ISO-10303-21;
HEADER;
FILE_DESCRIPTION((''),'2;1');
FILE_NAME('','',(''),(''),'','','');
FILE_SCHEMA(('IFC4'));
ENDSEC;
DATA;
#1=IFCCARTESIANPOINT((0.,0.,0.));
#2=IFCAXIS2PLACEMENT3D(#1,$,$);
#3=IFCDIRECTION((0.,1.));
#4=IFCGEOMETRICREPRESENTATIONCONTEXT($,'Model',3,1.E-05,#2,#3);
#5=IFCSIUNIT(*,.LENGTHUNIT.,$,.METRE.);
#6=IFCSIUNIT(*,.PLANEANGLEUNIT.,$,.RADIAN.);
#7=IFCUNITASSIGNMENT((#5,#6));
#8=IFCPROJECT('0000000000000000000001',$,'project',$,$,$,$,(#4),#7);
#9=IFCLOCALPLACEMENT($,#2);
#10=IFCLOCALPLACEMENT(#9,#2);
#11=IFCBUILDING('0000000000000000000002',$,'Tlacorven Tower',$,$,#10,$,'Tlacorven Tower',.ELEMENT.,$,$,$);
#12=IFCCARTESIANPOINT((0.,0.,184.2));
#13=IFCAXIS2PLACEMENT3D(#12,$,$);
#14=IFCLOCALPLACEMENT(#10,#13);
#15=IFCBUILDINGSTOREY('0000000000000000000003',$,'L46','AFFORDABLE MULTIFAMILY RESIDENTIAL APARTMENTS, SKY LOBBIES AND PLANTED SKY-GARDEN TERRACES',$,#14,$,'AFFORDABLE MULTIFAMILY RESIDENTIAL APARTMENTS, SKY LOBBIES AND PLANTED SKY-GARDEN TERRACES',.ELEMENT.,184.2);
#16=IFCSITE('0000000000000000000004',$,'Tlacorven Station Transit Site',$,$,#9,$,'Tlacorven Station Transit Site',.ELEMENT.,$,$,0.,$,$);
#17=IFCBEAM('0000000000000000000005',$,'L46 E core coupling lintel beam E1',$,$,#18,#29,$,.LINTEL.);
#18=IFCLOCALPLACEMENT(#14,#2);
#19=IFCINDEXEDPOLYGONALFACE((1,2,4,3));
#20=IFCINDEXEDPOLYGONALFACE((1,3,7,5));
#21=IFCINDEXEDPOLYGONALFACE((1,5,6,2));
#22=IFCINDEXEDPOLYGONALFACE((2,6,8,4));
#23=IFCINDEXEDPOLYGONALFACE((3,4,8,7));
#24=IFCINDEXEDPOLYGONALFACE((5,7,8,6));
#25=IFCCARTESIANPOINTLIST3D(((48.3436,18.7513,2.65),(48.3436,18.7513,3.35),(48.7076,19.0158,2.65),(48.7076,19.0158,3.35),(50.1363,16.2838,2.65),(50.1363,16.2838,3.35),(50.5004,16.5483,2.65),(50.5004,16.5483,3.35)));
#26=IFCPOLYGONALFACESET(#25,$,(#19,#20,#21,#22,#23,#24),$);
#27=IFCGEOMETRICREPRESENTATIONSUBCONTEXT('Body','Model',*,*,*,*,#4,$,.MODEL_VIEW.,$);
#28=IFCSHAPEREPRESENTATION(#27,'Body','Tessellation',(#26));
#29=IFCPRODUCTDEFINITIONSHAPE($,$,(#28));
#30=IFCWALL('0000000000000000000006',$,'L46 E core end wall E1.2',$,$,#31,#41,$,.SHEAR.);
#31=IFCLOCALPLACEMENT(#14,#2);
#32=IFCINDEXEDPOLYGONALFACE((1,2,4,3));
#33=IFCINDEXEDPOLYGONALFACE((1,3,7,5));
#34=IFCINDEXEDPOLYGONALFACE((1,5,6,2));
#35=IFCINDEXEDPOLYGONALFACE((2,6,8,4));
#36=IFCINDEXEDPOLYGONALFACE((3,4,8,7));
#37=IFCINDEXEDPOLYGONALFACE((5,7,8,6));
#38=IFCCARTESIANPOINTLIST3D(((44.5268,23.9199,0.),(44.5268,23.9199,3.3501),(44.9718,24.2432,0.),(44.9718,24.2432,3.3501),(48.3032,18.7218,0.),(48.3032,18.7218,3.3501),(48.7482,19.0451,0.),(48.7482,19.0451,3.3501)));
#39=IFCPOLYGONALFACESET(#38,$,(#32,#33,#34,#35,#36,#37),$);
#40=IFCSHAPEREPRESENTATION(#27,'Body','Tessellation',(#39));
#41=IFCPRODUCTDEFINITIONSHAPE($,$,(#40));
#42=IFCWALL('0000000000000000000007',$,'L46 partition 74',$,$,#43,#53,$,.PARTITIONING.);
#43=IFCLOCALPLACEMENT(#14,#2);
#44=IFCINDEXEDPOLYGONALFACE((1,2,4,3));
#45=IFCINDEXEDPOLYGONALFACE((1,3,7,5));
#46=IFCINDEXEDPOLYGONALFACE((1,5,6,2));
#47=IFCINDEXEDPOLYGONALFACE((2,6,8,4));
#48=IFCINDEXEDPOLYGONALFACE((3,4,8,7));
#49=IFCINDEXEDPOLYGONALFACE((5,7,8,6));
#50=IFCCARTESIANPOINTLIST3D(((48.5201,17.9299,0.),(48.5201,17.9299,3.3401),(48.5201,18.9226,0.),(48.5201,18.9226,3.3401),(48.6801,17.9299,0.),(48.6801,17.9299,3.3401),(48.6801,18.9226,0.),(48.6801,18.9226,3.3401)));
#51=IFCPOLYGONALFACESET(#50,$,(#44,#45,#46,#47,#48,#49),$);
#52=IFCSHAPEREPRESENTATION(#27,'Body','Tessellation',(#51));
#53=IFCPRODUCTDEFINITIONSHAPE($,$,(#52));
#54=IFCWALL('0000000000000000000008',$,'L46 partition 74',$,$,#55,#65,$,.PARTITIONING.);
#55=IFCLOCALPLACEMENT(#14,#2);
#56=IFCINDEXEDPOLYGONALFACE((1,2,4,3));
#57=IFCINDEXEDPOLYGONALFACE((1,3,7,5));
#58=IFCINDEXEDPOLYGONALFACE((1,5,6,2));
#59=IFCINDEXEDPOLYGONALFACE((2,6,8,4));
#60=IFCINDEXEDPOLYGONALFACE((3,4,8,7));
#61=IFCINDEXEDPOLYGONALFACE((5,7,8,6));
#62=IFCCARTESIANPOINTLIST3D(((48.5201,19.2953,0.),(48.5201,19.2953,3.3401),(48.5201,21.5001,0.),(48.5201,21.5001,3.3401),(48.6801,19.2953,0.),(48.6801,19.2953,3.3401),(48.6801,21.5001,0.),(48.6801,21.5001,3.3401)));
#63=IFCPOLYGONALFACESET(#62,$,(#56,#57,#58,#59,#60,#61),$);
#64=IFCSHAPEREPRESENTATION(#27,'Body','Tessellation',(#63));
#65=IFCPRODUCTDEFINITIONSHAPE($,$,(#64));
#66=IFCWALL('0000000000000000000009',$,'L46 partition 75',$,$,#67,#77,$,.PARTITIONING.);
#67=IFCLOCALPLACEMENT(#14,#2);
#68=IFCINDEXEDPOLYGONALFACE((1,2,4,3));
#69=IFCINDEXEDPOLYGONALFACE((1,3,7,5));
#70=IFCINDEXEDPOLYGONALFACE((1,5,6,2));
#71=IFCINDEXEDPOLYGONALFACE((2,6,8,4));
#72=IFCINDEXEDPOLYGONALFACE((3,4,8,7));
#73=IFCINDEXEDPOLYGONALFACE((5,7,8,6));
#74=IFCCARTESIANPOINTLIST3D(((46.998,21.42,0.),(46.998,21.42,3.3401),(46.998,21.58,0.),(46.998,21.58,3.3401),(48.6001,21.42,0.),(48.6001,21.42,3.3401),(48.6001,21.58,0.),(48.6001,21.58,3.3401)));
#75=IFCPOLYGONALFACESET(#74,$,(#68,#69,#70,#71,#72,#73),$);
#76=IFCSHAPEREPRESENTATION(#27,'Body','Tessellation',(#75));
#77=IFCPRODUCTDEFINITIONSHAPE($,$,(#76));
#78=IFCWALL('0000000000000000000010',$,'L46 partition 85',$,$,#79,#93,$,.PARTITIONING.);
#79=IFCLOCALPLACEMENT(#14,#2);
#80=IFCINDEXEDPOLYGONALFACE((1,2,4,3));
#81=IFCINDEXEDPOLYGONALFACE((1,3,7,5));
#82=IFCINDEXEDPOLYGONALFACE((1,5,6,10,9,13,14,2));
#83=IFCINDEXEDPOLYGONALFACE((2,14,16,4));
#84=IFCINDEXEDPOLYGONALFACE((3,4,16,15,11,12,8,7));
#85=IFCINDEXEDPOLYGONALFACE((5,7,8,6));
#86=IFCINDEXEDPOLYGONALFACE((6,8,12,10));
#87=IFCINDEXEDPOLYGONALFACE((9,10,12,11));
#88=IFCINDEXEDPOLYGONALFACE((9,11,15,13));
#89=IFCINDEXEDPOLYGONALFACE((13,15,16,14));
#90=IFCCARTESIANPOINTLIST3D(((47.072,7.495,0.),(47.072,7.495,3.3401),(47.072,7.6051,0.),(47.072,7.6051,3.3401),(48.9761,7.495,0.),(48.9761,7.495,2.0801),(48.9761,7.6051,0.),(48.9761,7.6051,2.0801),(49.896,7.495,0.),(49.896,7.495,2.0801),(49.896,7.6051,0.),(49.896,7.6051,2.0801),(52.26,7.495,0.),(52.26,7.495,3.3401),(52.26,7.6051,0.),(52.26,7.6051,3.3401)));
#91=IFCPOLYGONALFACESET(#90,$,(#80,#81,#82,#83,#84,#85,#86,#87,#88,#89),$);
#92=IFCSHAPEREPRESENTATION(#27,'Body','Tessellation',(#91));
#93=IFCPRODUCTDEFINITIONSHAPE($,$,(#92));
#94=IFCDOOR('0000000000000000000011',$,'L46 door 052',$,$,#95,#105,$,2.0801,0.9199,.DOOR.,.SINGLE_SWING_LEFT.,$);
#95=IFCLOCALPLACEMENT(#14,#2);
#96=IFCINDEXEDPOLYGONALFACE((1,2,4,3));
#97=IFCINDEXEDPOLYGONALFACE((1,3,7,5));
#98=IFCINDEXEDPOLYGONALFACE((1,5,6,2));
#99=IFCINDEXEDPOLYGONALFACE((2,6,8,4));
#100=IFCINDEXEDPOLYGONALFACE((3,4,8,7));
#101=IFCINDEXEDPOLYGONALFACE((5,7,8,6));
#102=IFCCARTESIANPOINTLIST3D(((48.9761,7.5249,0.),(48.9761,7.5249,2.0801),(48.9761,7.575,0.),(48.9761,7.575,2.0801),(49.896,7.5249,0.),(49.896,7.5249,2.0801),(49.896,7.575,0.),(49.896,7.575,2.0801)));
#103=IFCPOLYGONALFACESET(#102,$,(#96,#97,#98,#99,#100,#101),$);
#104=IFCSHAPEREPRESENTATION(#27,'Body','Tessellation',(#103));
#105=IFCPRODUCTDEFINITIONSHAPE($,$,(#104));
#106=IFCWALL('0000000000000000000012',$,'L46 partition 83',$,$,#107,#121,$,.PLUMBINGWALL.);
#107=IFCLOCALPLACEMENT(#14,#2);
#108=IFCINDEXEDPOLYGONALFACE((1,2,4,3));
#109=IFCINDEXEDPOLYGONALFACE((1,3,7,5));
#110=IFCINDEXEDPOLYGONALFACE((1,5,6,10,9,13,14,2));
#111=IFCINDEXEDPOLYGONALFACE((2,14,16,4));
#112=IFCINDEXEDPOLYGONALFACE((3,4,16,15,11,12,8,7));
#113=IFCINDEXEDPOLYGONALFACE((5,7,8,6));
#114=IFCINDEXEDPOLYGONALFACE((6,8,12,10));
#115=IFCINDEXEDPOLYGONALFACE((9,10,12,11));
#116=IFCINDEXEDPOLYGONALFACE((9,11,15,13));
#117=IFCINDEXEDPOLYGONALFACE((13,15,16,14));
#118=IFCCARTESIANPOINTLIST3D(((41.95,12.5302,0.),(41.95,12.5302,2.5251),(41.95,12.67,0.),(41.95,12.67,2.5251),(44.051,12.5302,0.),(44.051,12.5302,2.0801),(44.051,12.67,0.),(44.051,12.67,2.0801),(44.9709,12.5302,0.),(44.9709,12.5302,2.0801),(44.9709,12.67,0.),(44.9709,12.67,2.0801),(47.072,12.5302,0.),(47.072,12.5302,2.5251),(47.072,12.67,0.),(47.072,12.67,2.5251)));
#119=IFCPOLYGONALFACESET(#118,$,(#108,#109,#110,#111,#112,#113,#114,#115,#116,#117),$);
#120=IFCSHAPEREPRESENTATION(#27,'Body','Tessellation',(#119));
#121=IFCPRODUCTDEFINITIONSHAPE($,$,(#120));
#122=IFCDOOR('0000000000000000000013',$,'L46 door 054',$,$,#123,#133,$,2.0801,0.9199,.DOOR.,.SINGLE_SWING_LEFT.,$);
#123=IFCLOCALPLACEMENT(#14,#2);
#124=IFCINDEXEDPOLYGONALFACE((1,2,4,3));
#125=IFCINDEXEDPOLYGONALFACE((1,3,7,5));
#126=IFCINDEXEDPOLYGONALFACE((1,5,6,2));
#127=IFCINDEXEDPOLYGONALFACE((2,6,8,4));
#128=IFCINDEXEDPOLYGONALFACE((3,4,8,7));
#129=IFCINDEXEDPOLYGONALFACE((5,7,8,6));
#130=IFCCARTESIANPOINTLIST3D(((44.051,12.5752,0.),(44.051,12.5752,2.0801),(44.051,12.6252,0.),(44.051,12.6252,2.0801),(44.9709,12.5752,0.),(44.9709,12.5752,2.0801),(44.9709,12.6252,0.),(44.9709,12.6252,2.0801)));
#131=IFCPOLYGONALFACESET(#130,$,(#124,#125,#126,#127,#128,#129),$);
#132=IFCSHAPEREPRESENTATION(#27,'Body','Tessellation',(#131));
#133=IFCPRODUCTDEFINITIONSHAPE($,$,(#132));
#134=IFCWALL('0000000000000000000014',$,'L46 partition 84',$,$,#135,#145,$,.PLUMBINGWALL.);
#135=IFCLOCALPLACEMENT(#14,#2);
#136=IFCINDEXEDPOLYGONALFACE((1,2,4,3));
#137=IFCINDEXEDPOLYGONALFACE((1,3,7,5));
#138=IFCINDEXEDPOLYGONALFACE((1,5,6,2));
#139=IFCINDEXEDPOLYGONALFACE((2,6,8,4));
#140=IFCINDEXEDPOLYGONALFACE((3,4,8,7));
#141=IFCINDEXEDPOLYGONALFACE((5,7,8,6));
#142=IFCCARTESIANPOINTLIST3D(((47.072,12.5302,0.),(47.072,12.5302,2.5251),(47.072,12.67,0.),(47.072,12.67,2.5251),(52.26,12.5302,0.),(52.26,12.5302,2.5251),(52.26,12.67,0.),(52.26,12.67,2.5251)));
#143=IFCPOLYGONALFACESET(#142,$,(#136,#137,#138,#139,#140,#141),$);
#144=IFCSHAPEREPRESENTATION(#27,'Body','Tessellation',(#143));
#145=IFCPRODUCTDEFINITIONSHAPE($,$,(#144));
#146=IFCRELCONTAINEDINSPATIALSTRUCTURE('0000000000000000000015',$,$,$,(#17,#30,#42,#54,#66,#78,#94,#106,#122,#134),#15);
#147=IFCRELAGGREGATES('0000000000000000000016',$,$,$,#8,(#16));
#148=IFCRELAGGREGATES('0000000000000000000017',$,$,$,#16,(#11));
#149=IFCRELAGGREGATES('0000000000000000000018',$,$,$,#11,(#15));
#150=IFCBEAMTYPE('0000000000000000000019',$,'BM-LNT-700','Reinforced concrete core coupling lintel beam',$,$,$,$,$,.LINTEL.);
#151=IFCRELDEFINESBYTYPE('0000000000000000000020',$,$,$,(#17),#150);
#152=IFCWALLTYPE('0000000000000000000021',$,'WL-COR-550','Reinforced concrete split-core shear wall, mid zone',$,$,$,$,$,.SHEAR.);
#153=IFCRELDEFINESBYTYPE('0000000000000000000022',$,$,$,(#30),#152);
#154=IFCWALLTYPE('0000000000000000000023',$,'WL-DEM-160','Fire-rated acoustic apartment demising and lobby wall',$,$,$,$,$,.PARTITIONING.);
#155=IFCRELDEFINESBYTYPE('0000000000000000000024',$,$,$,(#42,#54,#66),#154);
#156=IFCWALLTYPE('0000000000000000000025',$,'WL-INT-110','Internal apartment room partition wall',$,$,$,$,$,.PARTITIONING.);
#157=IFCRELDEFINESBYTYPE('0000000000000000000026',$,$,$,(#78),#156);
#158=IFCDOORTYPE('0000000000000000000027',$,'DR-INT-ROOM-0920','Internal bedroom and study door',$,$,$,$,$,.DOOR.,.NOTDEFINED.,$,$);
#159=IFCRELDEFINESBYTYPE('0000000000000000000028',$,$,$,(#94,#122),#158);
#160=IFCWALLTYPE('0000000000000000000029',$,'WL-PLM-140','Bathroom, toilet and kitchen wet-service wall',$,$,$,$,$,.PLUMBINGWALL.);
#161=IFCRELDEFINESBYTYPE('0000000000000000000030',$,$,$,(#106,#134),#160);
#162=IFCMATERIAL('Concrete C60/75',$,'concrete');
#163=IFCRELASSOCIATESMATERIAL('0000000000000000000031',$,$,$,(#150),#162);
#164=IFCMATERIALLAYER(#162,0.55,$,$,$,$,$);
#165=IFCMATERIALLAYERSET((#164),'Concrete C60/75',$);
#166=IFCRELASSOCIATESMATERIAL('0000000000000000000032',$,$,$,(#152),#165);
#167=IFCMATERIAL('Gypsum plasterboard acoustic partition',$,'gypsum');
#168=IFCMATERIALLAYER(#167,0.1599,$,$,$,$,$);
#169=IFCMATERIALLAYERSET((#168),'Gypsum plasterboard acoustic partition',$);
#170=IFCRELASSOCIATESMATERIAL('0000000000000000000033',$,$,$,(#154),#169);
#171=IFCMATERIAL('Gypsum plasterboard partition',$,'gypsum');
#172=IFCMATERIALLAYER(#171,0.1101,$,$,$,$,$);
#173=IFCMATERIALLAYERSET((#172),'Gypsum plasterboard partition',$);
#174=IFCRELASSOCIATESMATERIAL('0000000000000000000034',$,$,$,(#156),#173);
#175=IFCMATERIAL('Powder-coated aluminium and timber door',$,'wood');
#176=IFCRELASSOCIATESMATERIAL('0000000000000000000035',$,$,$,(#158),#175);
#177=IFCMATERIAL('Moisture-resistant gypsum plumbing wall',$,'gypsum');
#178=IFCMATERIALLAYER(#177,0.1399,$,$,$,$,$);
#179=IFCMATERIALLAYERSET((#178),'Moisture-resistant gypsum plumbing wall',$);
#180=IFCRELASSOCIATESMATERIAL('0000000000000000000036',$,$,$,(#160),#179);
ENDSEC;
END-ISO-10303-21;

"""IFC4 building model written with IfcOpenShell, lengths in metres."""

from ifc_helpers import new_model, si_unit, direction, frame, frame_2d, origin, origin_2d, place, context, subcontext, project, spatial, rectangle, extrude, source, transform, mapped, material, layer, layer_set, material_profile, profile_set, type_object, element, fill, save


model = new_model("IFC4")

# Units and contexts
model_context = context("Model", 3, precision=1e-05, world=origin(), true_north=direction((0.0, 1.0)))
body_context = subcontext(model_context, "Body", "Model", "MODEL_VIEW")
ifc_project = project(units=[si_unit("LENGTHUNIT", "METRE"), si_unit("PLANEANGLEUNIT", "RADIAN")], contexts=[model_context])

# Site, building, storey
site_placement = place(None, origin())
site = spatial("IfcSite", under=ifc_project, at=site_placement, Name="Tlacorven Station Transit Site", LongName="Tlacorven Station Transit Site", CompositionType="ELEMENT", RefElevation=0.0)
building_placement = place(site_placement, origin())
building = spatial("IfcBuilding", under=site, at=building_placement, Name="Tlacorven Tower", LongName="Tlacorven Tower", CompositionType="ELEMENT")
storey_placement = place(building_placement, frame((0.0, 0.0, 184.2)))
storey = spatial("IfcBuildingStorey", under=building, at=storey_placement, Name="L46", Description="AFFORDABLE MULTIFAMILY RESIDENTIAL APARTMENTS, SKY LOBBIES AND PLANTED SKY-GARDEN TERRACES", LongName="AFFORDABLE MULTIFAMILY RESIDENTIAL APARTMENTS, SKY LOBBIES AND PLANTED SKY-GARDEN TERRACES", CompositionType="ELEMENT", Elevation=184.2)

# Beam
ifc_material_1 = material(Name="Concrete C60/75", Category="concrete")
ifc_material_profile = material_profile(ifc_material_1, rectangle(XDim=0.45, YDim=0.7, at=origin_2d()), Name="RC 450X700")
ifc_profile_set = profile_set([ifc_material_profile], Name="Concrete C60/75")
beam_type = type_object("IfcBeamType", Name="BM-LNT-700", Description="Reinforced concrete core coupling lintel beam", PredefinedType="LINTEL", material=ifc_profile_set)
shared_shape_1 = source(origin(), body_context, "Body", "SweptSolid", [
    extrude(rectangle(XDim=0.45, YDim=0.7, at=origin_2d()), origin(), (0.0, 0.0, 1.0), 3.05),
])
beam_placement = place(storey_placement, frame((50.3184, 16.416, 3.0), z_axis=(-0.587777, 0.809023, 0.0), x_axis=(-0.809023, -0.587777, 0.0)))
element("IfcBeam", 1, at=beam_placement, inside=storey, type_object=beam_type, Name="L46 E core coupling lintel beam E1", PredefinedType="LINTEL", context=body_context, shape_type="MappedRepresentation", body=[
    mapped(shared_shape_1, transform((0.0, 0.0, 0.0), scale=1.0)),
])

# Walls
ifc_layer_1 = layer(ifc_material_1, 0.55)
ifc_layer_set_1 = layer_set([ifc_layer_1], Name="Concrete C60/75")
wall_type_1 = type_object("IfcWallType", Name="WL-COR-550", Description="Reinforced concrete split-core shear wall, mid zone", PredefinedType="SHEAR", material=ifc_layer_set_1)
wall_1_placement = place(storey_placement, frame((48.5256, 18.8835, 0.0), z_axis=(0.0, 0.0, 1.0), x_axis=(-0.587765, 0.809032, 0.0)))
element("IfcWall", 2, at=wall_1_placement, inside=storey, type_object=wall_type_1, Name="L46 E core end wall E1.2", PredefinedType="SHEAR", context=body_context, shape_type="SweptSolid", body=[
    extrude(rectangle(XDim=6.425, YDim=0.55, at=frame_2d((3.2124, 0.0))), origin(), (0.0, 0.0, 1.0), 3.3501),
])
ifc_material_2 = material(Name="Gypsum plasterboard acoustic partition", Category="gypsum")
ifc_layer_2 = layer(ifc_material_2, 0.1599)
ifc_layer_set_2 = layer_set([ifc_layer_2], Name="Gypsum plasterboard acoustic partition")
wall_type_2 = type_object("IfcWallType", Name="WL-DEM-160", Description="Fire-rated acoustic apartment demising and lobby wall", PredefinedType="PARTITIONING", material=ifc_layer_set_2)
wall_2_placement = place(storey_placement, frame((48.6001, 17.9299, 0.0), z_axis=(0.0, 0.0, 1.0), x_axis=(0.0, 1.0, 0.0)))
element("IfcWall", 3, at=wall_2_placement, inside=storey, type_object=wall_type_2, Name="L46 partition 74", PredefinedType="PARTITIONING", context=body_context, shape_type="SweptSolid", body=[
    extrude(rectangle(XDim=0.9927, YDim=0.1599, at=frame_2d((0.4963, 0.0))), origin(), (0.0, 0.0, 1.0), 3.3401),
])
wall_3_placement = place(storey_placement, frame((48.6001, 19.2952, 0.0), z_axis=(0.0, 0.0, 1.0), x_axis=(0.0, 1.0, 0.0)))
element("IfcWall", 4, at=wall_3_placement, inside=storey, type_object=wall_type_2, Name="L46 partition 74", PredefinedType="PARTITIONING", context=body_context, shape_type="SweptSolid", body=[
    extrude(rectangle(XDim=2.2048, YDim=0.1599, at=frame_2d((1.1025, 0.0))), origin(), (0.0, 0.0, 1.0), 3.3401),
])
wall_4_placement = place(storey_placement, frame((46.998, 21.5, 0.0), z_axis=(0.0, 0.0, 1.0), x_axis=(1.0, 0.0, 0.0)))
element("IfcWall", 5, at=wall_4_placement, inside=storey, type_object=wall_type_2, Name="L46 partition 75", PredefinedType="PARTITIONING", context=body_context, shape_type="SweptSolid", body=[
    extrude(rectangle(XDim=1.6021, YDim=0.1599, at=frame_2d((0.801, 0.0))), origin(), (0.0, 0.0, 1.0), 3.3401),
])

# Walls, openings, doors
ifc_material_3 = material(Name="Gypsum plasterboard partition", Category="gypsum")
ifc_layer_3 = layer(ifc_material_3, 0.1101)
ifc_layer_set_3 = layer_set([ifc_layer_3], Name="Gypsum plasterboard partition")
wall_type_3 = type_object("IfcWallType", Name="WL-INT-110", Description="Internal apartment room partition wall", PredefinedType="PARTITIONING", material=ifc_layer_set_3)
wall_5_placement = place(storey_placement, frame((47.072, 7.55, 0.0), z_axis=(0.0, 0.0, 1.0), x_axis=(1.0, 0.0, 0.0)))
wall_5 = element("IfcWall", 6, at=wall_5_placement, inside=storey, type_object=wall_type_3, Name="L46 partition 85", PredefinedType="PARTITIONING", context=body_context, shape_type="SweptSolid", body=[
    extrude(rectangle(XDim=5.188, YDim=0.1101, at=frame_2d((2.594, 0.0))), origin(), (0.0, 0.0, 1.0), 3.3401),
])
opening_1_placement = place(wall_5_placement, frame((1.9041, 0.0, 0.0)))
opening_1 = element("IfcOpeningElement", 7, at=opening_1_placement, cuts=wall_5, PredefinedType="OPENING", context=body_context, shape_type="SweptSolid", body=[
    extrude(rectangle(XDim=0.9199, YDim=2.0801, at=frame_2d((0.46, 1.04))), frame((0.0, 0.0649, 0.0), z_axis=(0.0, -1.0, 0.0), x_axis=(1.0, 0.0, 0.0)), (0.0, 0.0, 1.0), 0.1301),
])
ifc_material_4 = material(Name="Powder-coated aluminium and timber door", Category="wood")
door_type_1 = type_object("IfcDoorType", Name="DR-INT-ROOM-0920", Description="Internal bedroom and study door", OperationType="NOTDEFINED", PredefinedType="DOOR", material=ifc_material_4)
shared_shape_2 = source(origin(), body_context, "Body", "SweptSolid", [
    extrude(rectangle(XDim=0.9199, YDim=2.0801, at=frame_2d((0.46, 1.04))), frame((0.0, 0.0249, 0.0), z_axis=(0.0, -1.0, 0.0), x_axis=(1.0, 0.0, 0.0)), (0.0, 0.0, 1.0), 0.05),
])
door_1_placement = place(opening_1_placement, origin())
door_1 = element("IfcDoor", 8, at=door_1_placement, inside=storey, type_object=door_type_1, Name="L46 door 052", OperationType="SINGLE_SWING_LEFT", OverallHeight=2.0801, OverallWidth=0.9199, PredefinedType="DOOR", context=body_context, shape_type="MappedRepresentation", body=[
    mapped(shared_shape_2, transform((0.0, 0.0, 0.0), scale=1.0)),
])
fill(opening_1, door_1)
ifc_material_5 = material(Name="Moisture-resistant gypsum plumbing wall", Category="gypsum")
ifc_layer_4 = layer(ifc_material_5, 0.1399)
ifc_layer_set_4 = layer_set([ifc_layer_4], Name="Moisture-resistant gypsum plumbing wall")
wall_type_4 = type_object("IfcWallType", Name="WL-PLM-140", Description="Bathroom, toilet and kitchen wet-service wall", PredefinedType="PLUMBINGWALL", material=ifc_layer_set_4)
wall_6_placement = place(storey_placement, frame((41.95, 12.6001, 0.0), z_axis=(0.0, 0.0, 1.0), x_axis=(1.0, 0.0, 0.0)))
wall_6 = element("IfcWall", 9, at=wall_6_placement, inside=storey, type_object=wall_type_4, Name="L46 partition 83", PredefinedType="PLUMBINGWALL", context=body_context, shape_type="SweptSolid", body=[
    extrude(rectangle(XDim=5.1221, YDim=0.1399, at=frame_2d((2.561, 0.0))), origin(), (0.0, 0.0, 1.0), 2.5251),
])
opening_2_placement = place(wall_6_placement, frame((2.1011, 0.0, 0.0)))
opening_2 = element("IfcOpeningElement", 10, at=opening_2_placement, cuts=wall_6, PredefinedType="OPENING", context=body_context, shape_type="SweptSolid", body=[
    extrude(rectangle(XDim=0.9199, YDim=2.0801, at=frame_2d((0.46, 1.04))), frame((0.0, 0.0801, 0.0), z_axis=(0.0, -1.0, 0.0), x_axis=(1.0, 0.0, 0.0)), (0.0, 0.0, 1.0), 0.1599),
])
door_2_placement = place(opening_2_placement, frame((0.9199, 0.0, 0.0), z_axis=(0.0, 0.0, 1.0), x_axis=(-1.0, 0.0, 0.0)))
door_2 = element("IfcDoor", 11, at=door_2_placement, inside=storey, type_object=door_type_1, Name="L46 door 054", OperationType="SINGLE_SWING_LEFT", OverallHeight=2.0801, OverallWidth=0.9199, PredefinedType="DOOR", context=body_context, shape_type="MappedRepresentation", body=[
    mapped(shared_shape_2, transform((0.0, 0.0, 0.0), scale=1.0)),
])
fill(opening_2, door_2)

# Wall
wall_7_placement = place(storey_placement, frame((47.072, 12.6001, 0.0), z_axis=(0.0, 0.0, 1.0), x_axis=(1.0, 0.0, 0.0)))
element("IfcWall", 12, at=wall_7_placement, inside=storey, type_object=wall_type_4, Name="L46 partition 84", PredefinedType="PLUMBINGWALL", context=body_context, shape_type="SweptSolid", body=[
    extrude(rectangle(XDim=5.188, YDim=0.1399, at=frame_2d((2.594, 0.0))), origin(), (0.0, 0.0, 1.0), 2.5251),
])

save(model, "model.ifc")
